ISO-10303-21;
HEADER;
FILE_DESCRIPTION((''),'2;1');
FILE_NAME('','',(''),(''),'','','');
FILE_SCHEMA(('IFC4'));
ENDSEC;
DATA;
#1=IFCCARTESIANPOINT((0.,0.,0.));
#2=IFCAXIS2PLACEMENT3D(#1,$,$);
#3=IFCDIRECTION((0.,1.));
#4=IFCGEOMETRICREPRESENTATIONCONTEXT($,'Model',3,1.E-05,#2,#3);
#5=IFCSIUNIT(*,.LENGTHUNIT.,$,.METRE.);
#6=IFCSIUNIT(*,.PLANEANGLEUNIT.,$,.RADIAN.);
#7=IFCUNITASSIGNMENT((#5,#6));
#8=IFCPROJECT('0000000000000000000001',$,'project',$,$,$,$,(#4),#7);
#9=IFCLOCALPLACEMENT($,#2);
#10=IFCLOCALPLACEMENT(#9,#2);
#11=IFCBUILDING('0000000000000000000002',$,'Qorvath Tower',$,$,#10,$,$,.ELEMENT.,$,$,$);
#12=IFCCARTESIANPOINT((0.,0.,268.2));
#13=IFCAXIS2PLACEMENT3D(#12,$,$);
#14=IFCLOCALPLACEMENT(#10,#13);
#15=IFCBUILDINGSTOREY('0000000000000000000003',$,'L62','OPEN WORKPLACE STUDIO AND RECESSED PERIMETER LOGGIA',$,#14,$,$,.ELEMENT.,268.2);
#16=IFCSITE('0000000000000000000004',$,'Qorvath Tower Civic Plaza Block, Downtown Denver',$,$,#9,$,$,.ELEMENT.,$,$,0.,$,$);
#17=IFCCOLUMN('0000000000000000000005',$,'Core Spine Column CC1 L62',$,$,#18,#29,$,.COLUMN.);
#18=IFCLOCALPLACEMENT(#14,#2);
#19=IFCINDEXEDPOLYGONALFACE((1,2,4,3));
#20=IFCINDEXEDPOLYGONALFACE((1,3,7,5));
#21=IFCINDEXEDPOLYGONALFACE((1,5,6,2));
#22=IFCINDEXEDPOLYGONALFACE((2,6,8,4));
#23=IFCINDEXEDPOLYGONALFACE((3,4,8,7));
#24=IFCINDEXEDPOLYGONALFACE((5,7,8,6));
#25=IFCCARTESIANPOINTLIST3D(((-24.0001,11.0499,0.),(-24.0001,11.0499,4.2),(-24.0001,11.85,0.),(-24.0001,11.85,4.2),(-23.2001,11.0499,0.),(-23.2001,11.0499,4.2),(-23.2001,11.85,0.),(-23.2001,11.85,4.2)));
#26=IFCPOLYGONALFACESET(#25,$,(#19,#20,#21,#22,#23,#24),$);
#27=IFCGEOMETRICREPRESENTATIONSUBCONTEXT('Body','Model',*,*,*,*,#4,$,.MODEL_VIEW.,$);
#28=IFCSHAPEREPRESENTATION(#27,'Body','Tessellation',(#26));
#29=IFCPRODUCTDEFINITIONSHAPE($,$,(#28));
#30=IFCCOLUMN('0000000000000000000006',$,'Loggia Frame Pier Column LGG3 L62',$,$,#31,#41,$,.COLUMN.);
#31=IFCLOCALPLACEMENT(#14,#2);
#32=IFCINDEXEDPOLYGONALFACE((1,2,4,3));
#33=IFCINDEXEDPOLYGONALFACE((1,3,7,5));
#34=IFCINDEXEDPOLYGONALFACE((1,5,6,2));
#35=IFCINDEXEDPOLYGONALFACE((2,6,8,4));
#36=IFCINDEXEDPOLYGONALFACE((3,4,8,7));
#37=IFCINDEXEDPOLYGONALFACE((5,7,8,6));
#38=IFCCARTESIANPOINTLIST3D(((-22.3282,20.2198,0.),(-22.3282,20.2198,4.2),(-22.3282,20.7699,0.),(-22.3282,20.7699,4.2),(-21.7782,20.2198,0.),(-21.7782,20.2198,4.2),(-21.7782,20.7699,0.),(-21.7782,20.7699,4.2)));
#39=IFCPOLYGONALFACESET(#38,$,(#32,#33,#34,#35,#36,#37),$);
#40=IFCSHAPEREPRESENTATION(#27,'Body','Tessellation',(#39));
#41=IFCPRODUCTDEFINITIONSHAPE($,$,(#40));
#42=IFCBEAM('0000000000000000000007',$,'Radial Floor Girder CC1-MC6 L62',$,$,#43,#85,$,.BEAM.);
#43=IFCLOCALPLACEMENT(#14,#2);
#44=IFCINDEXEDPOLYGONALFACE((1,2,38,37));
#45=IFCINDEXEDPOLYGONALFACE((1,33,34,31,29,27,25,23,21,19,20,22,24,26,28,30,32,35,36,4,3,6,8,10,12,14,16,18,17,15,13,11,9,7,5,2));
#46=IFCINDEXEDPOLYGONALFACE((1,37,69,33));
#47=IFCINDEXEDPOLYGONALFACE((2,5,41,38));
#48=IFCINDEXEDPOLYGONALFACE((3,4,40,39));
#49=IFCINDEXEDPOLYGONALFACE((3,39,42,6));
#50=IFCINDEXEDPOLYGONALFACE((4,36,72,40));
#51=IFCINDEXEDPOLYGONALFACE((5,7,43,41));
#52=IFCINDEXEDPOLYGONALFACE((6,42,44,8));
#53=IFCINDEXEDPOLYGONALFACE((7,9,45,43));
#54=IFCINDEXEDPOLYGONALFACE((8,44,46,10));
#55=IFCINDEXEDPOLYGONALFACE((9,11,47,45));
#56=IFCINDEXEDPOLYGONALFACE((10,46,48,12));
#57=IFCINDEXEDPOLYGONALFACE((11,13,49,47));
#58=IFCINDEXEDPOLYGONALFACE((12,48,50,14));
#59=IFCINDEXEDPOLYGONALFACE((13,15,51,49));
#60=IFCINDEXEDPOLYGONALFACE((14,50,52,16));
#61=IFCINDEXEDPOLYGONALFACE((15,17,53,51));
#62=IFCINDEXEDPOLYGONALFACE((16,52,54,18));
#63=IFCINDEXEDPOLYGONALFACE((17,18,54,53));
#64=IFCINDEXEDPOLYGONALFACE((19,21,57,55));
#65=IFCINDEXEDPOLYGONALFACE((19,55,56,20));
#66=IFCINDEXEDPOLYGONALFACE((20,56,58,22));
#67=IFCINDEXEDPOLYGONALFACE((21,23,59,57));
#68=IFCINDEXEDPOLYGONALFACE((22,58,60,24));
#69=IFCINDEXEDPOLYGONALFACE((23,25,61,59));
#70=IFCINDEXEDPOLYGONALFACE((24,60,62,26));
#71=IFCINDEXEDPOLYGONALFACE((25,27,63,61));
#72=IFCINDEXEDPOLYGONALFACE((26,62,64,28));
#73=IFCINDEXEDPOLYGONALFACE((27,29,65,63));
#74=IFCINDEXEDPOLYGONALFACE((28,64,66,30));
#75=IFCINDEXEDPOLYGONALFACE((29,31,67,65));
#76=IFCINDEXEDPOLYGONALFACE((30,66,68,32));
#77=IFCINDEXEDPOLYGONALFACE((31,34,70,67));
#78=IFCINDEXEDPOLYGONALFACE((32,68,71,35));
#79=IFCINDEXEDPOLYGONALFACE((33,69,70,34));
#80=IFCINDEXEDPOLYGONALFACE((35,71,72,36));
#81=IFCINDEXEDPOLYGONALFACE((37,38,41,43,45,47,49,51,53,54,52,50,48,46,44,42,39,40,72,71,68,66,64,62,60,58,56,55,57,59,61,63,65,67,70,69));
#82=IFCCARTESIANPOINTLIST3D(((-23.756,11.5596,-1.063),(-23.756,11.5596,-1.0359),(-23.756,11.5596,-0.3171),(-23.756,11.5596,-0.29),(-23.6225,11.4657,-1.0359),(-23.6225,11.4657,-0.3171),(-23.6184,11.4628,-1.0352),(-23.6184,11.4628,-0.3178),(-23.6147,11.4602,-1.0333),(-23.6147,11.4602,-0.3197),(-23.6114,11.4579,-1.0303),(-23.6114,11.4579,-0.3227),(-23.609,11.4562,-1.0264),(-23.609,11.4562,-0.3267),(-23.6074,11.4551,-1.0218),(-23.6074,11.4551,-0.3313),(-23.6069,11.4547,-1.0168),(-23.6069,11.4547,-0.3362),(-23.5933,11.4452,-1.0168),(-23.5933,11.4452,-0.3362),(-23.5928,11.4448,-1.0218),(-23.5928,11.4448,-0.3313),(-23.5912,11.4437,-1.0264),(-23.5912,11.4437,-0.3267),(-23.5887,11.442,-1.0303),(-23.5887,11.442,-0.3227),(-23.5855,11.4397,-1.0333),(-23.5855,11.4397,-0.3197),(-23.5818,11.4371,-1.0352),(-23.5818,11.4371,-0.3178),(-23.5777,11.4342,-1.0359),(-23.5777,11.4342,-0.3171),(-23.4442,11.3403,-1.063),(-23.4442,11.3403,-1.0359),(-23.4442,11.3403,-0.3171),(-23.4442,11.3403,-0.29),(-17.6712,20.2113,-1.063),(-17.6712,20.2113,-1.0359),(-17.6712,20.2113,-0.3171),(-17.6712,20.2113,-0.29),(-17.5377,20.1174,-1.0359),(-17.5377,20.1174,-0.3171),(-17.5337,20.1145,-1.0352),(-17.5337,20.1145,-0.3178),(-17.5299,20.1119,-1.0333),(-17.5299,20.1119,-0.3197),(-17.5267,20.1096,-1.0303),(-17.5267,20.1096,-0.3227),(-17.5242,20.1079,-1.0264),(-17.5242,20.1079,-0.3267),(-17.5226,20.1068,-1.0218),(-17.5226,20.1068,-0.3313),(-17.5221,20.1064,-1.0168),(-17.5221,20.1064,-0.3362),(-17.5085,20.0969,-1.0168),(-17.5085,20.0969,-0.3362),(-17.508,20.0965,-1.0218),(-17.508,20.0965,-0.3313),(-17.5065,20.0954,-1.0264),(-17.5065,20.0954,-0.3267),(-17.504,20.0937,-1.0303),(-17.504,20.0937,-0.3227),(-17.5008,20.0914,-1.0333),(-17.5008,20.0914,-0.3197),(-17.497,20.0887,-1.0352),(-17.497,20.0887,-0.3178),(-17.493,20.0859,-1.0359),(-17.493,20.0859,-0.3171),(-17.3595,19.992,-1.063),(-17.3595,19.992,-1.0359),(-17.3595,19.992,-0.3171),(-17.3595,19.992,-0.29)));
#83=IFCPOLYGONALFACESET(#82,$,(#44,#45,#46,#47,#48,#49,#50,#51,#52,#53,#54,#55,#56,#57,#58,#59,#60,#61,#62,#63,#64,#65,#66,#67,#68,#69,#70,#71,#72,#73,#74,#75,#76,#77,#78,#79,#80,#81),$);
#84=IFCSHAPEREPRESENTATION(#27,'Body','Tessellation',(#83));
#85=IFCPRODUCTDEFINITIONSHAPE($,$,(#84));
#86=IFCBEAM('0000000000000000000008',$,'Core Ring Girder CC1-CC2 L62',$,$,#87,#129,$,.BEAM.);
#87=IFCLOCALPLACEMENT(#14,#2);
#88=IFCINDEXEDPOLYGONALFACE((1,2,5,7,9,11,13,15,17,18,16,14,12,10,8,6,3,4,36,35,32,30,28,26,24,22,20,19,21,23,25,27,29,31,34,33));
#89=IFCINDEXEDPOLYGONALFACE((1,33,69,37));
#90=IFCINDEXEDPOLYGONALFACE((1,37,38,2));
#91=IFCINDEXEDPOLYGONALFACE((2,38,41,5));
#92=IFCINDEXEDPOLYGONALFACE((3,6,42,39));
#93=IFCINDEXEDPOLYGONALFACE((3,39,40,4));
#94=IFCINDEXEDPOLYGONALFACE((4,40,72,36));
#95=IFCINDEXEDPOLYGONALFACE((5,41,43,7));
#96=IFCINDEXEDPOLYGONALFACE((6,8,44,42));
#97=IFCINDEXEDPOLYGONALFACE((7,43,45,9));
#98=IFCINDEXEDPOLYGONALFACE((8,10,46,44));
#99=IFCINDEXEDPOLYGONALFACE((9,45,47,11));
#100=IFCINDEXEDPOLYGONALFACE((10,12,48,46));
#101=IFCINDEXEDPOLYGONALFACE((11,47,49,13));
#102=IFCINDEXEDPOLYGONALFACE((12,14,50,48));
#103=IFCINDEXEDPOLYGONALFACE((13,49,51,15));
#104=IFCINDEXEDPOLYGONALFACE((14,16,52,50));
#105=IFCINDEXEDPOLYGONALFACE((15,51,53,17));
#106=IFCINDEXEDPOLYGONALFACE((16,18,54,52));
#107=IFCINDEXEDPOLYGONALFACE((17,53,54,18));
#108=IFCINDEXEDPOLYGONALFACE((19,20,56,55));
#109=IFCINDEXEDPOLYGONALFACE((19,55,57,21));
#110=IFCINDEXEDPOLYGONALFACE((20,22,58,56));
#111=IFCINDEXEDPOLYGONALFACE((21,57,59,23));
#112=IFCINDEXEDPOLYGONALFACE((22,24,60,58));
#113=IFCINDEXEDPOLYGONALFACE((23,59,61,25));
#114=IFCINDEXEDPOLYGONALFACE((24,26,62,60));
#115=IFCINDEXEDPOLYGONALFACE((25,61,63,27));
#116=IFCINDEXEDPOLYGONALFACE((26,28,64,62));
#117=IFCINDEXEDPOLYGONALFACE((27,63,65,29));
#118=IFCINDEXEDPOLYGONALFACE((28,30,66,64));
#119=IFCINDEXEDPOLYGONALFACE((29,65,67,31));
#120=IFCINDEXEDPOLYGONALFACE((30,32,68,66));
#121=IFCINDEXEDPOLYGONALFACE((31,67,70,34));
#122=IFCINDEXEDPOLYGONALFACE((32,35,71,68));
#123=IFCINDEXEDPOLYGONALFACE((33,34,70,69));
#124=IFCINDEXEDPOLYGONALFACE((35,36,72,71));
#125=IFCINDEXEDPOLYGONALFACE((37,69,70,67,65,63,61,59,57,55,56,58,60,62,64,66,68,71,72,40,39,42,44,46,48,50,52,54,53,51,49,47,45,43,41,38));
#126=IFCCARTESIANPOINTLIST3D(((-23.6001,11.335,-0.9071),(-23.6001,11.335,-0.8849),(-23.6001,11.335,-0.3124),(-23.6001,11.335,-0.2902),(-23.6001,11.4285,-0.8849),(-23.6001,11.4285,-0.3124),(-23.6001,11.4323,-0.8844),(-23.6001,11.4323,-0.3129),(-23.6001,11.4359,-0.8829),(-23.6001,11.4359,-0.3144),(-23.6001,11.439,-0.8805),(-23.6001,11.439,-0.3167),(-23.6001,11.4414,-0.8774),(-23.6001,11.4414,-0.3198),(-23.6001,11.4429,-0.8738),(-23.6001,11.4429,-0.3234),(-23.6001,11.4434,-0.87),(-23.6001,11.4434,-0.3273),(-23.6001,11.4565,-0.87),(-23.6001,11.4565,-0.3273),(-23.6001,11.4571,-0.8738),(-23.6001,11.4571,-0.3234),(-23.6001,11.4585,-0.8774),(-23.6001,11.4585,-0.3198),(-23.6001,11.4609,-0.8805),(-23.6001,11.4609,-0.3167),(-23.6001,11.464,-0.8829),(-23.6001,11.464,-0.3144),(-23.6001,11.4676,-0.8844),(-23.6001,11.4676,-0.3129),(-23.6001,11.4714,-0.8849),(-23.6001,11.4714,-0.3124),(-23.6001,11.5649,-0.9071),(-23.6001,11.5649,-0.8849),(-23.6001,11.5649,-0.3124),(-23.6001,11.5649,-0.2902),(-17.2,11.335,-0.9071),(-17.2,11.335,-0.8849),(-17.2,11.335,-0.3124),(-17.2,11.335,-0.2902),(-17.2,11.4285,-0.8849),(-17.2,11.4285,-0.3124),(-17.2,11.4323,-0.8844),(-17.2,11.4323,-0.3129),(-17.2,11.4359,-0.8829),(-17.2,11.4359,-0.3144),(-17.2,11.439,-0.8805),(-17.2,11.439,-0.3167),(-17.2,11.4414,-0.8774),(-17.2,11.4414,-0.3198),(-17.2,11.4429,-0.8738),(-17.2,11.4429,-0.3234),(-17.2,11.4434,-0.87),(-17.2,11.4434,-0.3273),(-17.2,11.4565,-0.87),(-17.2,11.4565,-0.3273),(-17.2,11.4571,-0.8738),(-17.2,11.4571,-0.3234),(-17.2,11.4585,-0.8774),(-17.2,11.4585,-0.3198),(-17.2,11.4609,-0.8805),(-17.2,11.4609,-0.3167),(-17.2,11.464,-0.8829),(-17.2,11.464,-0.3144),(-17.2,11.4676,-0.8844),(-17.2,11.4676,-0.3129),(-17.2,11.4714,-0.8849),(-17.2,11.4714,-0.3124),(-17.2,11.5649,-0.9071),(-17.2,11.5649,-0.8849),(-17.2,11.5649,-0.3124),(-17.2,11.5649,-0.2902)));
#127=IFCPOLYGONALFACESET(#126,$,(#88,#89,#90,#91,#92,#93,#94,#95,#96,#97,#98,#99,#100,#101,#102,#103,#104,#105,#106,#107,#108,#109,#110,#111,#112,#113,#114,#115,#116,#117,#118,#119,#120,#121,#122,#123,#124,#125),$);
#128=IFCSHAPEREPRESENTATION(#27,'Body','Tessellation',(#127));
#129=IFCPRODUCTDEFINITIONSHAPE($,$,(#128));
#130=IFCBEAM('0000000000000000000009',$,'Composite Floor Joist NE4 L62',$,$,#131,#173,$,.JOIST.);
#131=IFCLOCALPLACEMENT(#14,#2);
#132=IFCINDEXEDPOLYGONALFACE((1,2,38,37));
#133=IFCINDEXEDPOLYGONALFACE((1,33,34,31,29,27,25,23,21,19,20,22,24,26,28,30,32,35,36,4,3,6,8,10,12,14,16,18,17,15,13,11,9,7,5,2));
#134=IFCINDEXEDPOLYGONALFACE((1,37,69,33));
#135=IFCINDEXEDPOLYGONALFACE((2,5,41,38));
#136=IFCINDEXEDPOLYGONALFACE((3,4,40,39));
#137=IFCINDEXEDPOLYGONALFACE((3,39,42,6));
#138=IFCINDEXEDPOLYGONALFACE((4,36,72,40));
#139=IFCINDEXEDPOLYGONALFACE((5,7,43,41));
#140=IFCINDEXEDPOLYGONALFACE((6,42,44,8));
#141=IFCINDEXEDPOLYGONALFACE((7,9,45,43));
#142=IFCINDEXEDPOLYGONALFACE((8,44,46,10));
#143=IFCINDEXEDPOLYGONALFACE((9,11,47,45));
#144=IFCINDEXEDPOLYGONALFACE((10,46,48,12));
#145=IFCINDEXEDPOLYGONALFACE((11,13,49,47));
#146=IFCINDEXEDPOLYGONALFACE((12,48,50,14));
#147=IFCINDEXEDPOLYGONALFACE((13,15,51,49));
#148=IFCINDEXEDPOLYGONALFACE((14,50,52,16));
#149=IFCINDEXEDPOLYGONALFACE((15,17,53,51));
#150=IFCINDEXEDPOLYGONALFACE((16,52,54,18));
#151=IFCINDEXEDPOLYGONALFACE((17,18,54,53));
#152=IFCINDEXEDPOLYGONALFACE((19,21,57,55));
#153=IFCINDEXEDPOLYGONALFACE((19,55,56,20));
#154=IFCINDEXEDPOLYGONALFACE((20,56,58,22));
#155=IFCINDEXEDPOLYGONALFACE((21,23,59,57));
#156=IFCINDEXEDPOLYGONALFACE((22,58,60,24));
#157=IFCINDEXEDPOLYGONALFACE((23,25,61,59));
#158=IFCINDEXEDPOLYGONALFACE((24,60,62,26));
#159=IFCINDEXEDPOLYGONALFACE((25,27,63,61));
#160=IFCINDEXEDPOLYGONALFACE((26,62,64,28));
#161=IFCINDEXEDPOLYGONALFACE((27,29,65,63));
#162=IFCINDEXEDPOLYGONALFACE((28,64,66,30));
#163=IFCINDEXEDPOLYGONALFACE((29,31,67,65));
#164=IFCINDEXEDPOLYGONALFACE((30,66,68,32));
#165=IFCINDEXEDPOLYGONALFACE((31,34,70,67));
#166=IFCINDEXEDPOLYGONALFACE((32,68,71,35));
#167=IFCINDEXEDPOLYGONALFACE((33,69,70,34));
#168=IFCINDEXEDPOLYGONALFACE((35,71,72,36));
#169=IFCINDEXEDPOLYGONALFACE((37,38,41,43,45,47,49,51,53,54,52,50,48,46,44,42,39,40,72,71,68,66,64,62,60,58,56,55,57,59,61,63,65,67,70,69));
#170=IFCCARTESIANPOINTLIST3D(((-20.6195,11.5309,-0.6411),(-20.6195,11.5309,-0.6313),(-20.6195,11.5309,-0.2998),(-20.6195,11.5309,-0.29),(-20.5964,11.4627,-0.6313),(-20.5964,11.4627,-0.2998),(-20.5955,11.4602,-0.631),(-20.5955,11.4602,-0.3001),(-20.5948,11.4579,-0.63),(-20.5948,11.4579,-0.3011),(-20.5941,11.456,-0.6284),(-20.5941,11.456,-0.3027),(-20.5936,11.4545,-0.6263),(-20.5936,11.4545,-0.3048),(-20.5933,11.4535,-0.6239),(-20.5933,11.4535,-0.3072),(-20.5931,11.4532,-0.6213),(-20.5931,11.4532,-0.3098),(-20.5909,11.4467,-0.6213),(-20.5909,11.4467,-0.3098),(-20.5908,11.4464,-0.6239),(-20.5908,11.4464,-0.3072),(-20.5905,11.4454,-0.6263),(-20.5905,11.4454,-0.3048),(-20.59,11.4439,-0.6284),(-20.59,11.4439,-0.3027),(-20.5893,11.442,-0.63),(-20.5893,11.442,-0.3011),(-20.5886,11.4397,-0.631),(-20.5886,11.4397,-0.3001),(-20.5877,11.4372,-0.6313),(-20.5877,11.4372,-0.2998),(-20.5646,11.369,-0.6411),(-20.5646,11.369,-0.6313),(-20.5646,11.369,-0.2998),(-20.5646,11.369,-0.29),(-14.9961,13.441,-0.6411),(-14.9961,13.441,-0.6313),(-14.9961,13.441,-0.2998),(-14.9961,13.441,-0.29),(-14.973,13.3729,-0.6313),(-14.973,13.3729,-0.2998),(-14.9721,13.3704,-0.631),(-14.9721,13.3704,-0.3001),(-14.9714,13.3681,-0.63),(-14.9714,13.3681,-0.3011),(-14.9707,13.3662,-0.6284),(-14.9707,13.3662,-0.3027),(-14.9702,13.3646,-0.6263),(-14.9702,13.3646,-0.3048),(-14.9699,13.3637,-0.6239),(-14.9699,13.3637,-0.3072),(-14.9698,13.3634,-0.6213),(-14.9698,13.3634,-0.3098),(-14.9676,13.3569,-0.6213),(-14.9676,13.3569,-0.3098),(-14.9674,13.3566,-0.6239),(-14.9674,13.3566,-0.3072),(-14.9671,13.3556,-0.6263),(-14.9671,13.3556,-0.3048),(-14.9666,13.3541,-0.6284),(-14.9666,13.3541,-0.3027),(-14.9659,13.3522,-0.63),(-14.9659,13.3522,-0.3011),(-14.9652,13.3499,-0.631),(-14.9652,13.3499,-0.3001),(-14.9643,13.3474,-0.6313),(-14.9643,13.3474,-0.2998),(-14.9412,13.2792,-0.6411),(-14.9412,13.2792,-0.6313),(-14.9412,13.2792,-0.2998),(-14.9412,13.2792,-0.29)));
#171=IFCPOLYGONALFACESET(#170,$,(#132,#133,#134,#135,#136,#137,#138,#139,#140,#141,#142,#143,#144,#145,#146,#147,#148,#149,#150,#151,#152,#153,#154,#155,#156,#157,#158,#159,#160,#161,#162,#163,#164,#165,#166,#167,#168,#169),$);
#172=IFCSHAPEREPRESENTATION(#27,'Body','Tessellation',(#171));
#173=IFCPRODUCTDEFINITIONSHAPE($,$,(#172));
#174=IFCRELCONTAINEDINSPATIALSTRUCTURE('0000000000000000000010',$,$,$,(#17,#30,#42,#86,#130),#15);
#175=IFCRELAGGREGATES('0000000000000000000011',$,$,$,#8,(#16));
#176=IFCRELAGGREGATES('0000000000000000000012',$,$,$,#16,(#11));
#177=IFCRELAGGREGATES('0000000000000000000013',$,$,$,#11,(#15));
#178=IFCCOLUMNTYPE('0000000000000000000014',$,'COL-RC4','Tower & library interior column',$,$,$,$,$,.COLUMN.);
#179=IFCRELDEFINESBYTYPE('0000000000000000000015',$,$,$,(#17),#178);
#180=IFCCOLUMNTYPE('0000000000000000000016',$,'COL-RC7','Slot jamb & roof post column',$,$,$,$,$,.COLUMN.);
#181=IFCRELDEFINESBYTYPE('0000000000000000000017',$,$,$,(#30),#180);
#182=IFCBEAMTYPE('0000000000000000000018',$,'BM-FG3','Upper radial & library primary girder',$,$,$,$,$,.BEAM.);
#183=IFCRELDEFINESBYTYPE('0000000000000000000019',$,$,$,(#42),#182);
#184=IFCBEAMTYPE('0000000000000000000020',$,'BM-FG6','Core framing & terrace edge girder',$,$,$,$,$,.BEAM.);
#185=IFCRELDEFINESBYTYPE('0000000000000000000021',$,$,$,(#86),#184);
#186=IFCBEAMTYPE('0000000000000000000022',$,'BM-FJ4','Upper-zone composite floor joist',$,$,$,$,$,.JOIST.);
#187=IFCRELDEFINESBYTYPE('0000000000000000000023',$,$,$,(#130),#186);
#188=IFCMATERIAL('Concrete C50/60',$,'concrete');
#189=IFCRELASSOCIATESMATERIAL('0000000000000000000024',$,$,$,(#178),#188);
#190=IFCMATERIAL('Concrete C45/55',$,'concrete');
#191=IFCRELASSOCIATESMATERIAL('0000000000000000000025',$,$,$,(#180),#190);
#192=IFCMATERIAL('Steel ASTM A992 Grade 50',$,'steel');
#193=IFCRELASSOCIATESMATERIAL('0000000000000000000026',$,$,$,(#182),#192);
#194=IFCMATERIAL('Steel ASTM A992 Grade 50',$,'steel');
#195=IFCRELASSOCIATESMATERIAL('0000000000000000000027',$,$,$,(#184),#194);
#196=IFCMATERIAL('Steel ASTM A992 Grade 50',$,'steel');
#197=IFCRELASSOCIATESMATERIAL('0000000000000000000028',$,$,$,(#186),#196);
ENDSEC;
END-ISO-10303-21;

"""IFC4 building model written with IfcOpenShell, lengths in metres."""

from ifc_helpers import new_model, si_unit, direction, frame, origin, origin_2d, place, context, subcontext, project, spatial, rectangle, i_section, extrude, material, material_profile, profile_set, type_object, element, save


model = new_model("IFC4")

# Units and contexts
model_context = context("Model", 3, precision=1e-05, world=origin(), true_north=direction((0.0, 1.0)))
body_context = subcontext(model_context, "Body", "Model", "MODEL_VIEW")
ifc_project = project(units=[si_unit("LENGTHUNIT", "METRE"), si_unit("PLANEANGLEUNIT", "RADIAN")], contexts=[model_context])

# Site, building, storey
site_placement = place(None, origin())
site = spatial("IfcSite", under=ifc_project, at=site_placement, Name="Qorvath Tower Civic Plaza Block, Downtown Denver", CompositionType="ELEMENT", RefElevation=0.0)
building_placement = place(site_placement, origin())
building = spatial("IfcBuilding", under=site, at=building_placement, Name="Qorvath Tower", CompositionType="ELEMENT")
storey_placement = place(building_placement, frame((0.0, 0.0, 268.2)))
storey = spatial("IfcBuildingStorey", under=building, at=storey_placement, Name="L62", Description="OPEN WORKPLACE STUDIO AND RECESSED PERIMETER LOGGIA", CompositionType="ELEMENT", Elevation=268.2)

# Columns
ifc_material_1 = material(Name="Concrete C50/60", Category="concrete")
ifc_material_profile_1 = material_profile(ifc_material_1, rectangle(XDim=0.8, YDim=0.8, at=origin_2d()), Name="RC 800x800")
ifc_profile_set_1 = profile_set([ifc_material_profile_1], Name="Concrete C50/60")
column_type_1 = type_object("IfcColumnType", Name="COL-RC4", Description="Tower & library interior column", PredefinedType="COLUMN", material=ifc_profile_set_1)
column_1_placement = place(storey_placement, frame((-23.6001, 11.45, 0.0), z_axis=(0.0, 0.0, 1.0), x_axis=(1.0, 0.0, 0.0)))
element("IfcColumn", 1, at=column_1_placement, inside=storey, type_object=column_type_1, Name="Core Spine Column CC1 L62", PredefinedType="COLUMN", context=body_context, shape_type="SweptSolid", body=[
    extrude(rectangle(XDim=0.8, YDim=0.8, at=origin_2d()), origin(), (0.0, 0.0, 1.0), 4.2),
])
ifc_material_2 = material(Name="Concrete C45/55", Category="concrete")
ifc_material_profile_2 = material_profile(ifc_material_2, rectangle(XDim=0.55, YDim=0.55, at=origin_2d()), Name="RC 550x550")
ifc_profile_set_2 = profile_set([ifc_material_profile_2], Name="Concrete C45/55")
column_type_2 = type_object("IfcColumnType", Name="COL-RC7", Description="Slot jamb & roof post column", PredefinedType="COLUMN", material=ifc_profile_set_2)
column_2_placement = place(storey_placement, frame((-22.0532, 20.4949, 0.0), z_axis=(0.0, 0.0, 1.0), x_axis=(1.0, 0.0, 0.0)))
element("IfcColumn", 2, at=column_2_placement, inside=storey, type_object=column_type_2, Name="Loggia Frame Pier Column LGG3 L62", PredefinedType="COLUMN", context=body_context, shape_type="SweptSolid", body=[
    extrude(rectangle(XDim=0.55, YDim=0.55, at=origin_2d()), origin(), (0.0, 0.0, 1.0), 4.2),
])

# Beams
ifc_material_3 = material(Name="Steel ASTM A992 Grade 50", Category="steel")
ifc_material_profile_3 = material_profile(ifc_material_3, i_section(OverallWidth=0.3811, OverallDepth=0.7729, WebThickness=0.0166, FlangeThickness=0.0271, FilletRadius=0.019, at=origin_2d()), Name="W30x173")
ifc_profile_set_3 = profile_set([ifc_material_profile_3], Name="Steel ASTM A992 Grade 50")
beam_type_1 = type_object("IfcBeamType", Name="BM-FG3", Description="Upper radial & library primary girder", PredefinedType="BEAM", material=ifc_profile_set_3)
beam_1_placement = place(storey_placement, frame((-23.6001, 11.45, -0.6765), z_axis=(0.575275, 0.81796, 0.0), x_axis=(-0.81796, 0.575275, 0.0)))
element("IfcBeam", 3, at=beam_1_placement, inside=storey, type_object=beam_type_1, Name="Radial Floor Girder CC1-MC6 L62", PredefinedType="BEAM", context=body_context, shape_type="SweptSolid", body=[
    extrude(i_section(OverallWidth=0.3811, OverallDepth=0.7729, WebThickness=0.0166, FlangeThickness=0.0271, FilletRadius=0.019, at=origin_2d()), origin(), (0.0, 0.0, 1.0), 10.5771),
])
ifc_material_4 = material(Name="Steel ASTM A992 Grade 50", Category="steel")
ifc_material_profile_4 = material_profile(ifc_material_4, i_section(OverallWidth=0.23, OverallDepth=0.6169, WebThickness=0.0132, FlangeThickness=0.0222, FilletRadius=0.0149, at=origin_2d()), Name="W24x94")
ifc_profile_set_4 = profile_set([ifc_material_profile_4], Name="Steel ASTM A992 Grade 50")
beam_type_2 = type_object("IfcBeamType", Name="BM-FG6", Description="Core framing & terrace edge girder", PredefinedType="BEAM", material=ifc_profile_set_4)
beam_2_placement = place(storey_placement, frame((-23.6001, 11.45, -0.5986), z_axis=(1.0, 0.0, 0.0), x_axis=(0.0, 1.0, 0.0)))
element("IfcBeam", 4, at=beam_2_placement, inside=storey, type_object=beam_type_2, Name="Core Ring Girder CC1-CC2 L62", PredefinedType="BEAM", context=body_context, shape_type="SweptSolid", body=[
    extrude(i_section(OverallWidth=0.23, OverallDepth=0.6169, WebThickness=0.0132, FlangeThickness=0.0222, FilletRadius=0.0149, at=origin_2d()), origin(), (0.0, 0.0, 1.0), 6.4001),
])
ifc_material_5 = material(Name="Steel ASTM A992 Grade 50", Category="steel")
ifc_material_profile_5 = material_profile(ifc_material_5, i_section(OverallWidth=0.1709, OverallDepth=0.3511, WebThickness=0.0068, FlangeThickness=0.0098, FilletRadius=0.01, at=origin_2d()), Name="W14x30")
ifc_profile_set_5 = profile_set([ifc_material_profile_5], Name="Steel ASTM A992 Grade 50")
beam_type_3 = type_object("IfcBeamType", Name="BM-FJ4", Description="Upper-zone composite floor joist", PredefinedType="JOIST", material=ifc_profile_set_5)
beam_3_placement = place(storey_placement, frame((-20.592, 11.45, -0.4656), z_axis=(0.946863, 0.321637, 0.0), x_axis=(-0.321637, 0.946863, 0.0)))
element("IfcBeam", 5, at=beam_3_placement, inside=storey, type_object=beam_type_3, Name="Composite Floor Joist NE4 L62", PredefinedType="JOIST", context=body_context, shape_type="SweptSolid", body=[
    extrude(i_section(OverallWidth=0.1709, OverallDepth=0.3511, WebThickness=0.0068, FlangeThickness=0.0098, FilletRadius=0.01, at=origin_2d()), origin(), (0.0, 0.0, 1.0), 5.939),
])

save(model, "model.ifc")
